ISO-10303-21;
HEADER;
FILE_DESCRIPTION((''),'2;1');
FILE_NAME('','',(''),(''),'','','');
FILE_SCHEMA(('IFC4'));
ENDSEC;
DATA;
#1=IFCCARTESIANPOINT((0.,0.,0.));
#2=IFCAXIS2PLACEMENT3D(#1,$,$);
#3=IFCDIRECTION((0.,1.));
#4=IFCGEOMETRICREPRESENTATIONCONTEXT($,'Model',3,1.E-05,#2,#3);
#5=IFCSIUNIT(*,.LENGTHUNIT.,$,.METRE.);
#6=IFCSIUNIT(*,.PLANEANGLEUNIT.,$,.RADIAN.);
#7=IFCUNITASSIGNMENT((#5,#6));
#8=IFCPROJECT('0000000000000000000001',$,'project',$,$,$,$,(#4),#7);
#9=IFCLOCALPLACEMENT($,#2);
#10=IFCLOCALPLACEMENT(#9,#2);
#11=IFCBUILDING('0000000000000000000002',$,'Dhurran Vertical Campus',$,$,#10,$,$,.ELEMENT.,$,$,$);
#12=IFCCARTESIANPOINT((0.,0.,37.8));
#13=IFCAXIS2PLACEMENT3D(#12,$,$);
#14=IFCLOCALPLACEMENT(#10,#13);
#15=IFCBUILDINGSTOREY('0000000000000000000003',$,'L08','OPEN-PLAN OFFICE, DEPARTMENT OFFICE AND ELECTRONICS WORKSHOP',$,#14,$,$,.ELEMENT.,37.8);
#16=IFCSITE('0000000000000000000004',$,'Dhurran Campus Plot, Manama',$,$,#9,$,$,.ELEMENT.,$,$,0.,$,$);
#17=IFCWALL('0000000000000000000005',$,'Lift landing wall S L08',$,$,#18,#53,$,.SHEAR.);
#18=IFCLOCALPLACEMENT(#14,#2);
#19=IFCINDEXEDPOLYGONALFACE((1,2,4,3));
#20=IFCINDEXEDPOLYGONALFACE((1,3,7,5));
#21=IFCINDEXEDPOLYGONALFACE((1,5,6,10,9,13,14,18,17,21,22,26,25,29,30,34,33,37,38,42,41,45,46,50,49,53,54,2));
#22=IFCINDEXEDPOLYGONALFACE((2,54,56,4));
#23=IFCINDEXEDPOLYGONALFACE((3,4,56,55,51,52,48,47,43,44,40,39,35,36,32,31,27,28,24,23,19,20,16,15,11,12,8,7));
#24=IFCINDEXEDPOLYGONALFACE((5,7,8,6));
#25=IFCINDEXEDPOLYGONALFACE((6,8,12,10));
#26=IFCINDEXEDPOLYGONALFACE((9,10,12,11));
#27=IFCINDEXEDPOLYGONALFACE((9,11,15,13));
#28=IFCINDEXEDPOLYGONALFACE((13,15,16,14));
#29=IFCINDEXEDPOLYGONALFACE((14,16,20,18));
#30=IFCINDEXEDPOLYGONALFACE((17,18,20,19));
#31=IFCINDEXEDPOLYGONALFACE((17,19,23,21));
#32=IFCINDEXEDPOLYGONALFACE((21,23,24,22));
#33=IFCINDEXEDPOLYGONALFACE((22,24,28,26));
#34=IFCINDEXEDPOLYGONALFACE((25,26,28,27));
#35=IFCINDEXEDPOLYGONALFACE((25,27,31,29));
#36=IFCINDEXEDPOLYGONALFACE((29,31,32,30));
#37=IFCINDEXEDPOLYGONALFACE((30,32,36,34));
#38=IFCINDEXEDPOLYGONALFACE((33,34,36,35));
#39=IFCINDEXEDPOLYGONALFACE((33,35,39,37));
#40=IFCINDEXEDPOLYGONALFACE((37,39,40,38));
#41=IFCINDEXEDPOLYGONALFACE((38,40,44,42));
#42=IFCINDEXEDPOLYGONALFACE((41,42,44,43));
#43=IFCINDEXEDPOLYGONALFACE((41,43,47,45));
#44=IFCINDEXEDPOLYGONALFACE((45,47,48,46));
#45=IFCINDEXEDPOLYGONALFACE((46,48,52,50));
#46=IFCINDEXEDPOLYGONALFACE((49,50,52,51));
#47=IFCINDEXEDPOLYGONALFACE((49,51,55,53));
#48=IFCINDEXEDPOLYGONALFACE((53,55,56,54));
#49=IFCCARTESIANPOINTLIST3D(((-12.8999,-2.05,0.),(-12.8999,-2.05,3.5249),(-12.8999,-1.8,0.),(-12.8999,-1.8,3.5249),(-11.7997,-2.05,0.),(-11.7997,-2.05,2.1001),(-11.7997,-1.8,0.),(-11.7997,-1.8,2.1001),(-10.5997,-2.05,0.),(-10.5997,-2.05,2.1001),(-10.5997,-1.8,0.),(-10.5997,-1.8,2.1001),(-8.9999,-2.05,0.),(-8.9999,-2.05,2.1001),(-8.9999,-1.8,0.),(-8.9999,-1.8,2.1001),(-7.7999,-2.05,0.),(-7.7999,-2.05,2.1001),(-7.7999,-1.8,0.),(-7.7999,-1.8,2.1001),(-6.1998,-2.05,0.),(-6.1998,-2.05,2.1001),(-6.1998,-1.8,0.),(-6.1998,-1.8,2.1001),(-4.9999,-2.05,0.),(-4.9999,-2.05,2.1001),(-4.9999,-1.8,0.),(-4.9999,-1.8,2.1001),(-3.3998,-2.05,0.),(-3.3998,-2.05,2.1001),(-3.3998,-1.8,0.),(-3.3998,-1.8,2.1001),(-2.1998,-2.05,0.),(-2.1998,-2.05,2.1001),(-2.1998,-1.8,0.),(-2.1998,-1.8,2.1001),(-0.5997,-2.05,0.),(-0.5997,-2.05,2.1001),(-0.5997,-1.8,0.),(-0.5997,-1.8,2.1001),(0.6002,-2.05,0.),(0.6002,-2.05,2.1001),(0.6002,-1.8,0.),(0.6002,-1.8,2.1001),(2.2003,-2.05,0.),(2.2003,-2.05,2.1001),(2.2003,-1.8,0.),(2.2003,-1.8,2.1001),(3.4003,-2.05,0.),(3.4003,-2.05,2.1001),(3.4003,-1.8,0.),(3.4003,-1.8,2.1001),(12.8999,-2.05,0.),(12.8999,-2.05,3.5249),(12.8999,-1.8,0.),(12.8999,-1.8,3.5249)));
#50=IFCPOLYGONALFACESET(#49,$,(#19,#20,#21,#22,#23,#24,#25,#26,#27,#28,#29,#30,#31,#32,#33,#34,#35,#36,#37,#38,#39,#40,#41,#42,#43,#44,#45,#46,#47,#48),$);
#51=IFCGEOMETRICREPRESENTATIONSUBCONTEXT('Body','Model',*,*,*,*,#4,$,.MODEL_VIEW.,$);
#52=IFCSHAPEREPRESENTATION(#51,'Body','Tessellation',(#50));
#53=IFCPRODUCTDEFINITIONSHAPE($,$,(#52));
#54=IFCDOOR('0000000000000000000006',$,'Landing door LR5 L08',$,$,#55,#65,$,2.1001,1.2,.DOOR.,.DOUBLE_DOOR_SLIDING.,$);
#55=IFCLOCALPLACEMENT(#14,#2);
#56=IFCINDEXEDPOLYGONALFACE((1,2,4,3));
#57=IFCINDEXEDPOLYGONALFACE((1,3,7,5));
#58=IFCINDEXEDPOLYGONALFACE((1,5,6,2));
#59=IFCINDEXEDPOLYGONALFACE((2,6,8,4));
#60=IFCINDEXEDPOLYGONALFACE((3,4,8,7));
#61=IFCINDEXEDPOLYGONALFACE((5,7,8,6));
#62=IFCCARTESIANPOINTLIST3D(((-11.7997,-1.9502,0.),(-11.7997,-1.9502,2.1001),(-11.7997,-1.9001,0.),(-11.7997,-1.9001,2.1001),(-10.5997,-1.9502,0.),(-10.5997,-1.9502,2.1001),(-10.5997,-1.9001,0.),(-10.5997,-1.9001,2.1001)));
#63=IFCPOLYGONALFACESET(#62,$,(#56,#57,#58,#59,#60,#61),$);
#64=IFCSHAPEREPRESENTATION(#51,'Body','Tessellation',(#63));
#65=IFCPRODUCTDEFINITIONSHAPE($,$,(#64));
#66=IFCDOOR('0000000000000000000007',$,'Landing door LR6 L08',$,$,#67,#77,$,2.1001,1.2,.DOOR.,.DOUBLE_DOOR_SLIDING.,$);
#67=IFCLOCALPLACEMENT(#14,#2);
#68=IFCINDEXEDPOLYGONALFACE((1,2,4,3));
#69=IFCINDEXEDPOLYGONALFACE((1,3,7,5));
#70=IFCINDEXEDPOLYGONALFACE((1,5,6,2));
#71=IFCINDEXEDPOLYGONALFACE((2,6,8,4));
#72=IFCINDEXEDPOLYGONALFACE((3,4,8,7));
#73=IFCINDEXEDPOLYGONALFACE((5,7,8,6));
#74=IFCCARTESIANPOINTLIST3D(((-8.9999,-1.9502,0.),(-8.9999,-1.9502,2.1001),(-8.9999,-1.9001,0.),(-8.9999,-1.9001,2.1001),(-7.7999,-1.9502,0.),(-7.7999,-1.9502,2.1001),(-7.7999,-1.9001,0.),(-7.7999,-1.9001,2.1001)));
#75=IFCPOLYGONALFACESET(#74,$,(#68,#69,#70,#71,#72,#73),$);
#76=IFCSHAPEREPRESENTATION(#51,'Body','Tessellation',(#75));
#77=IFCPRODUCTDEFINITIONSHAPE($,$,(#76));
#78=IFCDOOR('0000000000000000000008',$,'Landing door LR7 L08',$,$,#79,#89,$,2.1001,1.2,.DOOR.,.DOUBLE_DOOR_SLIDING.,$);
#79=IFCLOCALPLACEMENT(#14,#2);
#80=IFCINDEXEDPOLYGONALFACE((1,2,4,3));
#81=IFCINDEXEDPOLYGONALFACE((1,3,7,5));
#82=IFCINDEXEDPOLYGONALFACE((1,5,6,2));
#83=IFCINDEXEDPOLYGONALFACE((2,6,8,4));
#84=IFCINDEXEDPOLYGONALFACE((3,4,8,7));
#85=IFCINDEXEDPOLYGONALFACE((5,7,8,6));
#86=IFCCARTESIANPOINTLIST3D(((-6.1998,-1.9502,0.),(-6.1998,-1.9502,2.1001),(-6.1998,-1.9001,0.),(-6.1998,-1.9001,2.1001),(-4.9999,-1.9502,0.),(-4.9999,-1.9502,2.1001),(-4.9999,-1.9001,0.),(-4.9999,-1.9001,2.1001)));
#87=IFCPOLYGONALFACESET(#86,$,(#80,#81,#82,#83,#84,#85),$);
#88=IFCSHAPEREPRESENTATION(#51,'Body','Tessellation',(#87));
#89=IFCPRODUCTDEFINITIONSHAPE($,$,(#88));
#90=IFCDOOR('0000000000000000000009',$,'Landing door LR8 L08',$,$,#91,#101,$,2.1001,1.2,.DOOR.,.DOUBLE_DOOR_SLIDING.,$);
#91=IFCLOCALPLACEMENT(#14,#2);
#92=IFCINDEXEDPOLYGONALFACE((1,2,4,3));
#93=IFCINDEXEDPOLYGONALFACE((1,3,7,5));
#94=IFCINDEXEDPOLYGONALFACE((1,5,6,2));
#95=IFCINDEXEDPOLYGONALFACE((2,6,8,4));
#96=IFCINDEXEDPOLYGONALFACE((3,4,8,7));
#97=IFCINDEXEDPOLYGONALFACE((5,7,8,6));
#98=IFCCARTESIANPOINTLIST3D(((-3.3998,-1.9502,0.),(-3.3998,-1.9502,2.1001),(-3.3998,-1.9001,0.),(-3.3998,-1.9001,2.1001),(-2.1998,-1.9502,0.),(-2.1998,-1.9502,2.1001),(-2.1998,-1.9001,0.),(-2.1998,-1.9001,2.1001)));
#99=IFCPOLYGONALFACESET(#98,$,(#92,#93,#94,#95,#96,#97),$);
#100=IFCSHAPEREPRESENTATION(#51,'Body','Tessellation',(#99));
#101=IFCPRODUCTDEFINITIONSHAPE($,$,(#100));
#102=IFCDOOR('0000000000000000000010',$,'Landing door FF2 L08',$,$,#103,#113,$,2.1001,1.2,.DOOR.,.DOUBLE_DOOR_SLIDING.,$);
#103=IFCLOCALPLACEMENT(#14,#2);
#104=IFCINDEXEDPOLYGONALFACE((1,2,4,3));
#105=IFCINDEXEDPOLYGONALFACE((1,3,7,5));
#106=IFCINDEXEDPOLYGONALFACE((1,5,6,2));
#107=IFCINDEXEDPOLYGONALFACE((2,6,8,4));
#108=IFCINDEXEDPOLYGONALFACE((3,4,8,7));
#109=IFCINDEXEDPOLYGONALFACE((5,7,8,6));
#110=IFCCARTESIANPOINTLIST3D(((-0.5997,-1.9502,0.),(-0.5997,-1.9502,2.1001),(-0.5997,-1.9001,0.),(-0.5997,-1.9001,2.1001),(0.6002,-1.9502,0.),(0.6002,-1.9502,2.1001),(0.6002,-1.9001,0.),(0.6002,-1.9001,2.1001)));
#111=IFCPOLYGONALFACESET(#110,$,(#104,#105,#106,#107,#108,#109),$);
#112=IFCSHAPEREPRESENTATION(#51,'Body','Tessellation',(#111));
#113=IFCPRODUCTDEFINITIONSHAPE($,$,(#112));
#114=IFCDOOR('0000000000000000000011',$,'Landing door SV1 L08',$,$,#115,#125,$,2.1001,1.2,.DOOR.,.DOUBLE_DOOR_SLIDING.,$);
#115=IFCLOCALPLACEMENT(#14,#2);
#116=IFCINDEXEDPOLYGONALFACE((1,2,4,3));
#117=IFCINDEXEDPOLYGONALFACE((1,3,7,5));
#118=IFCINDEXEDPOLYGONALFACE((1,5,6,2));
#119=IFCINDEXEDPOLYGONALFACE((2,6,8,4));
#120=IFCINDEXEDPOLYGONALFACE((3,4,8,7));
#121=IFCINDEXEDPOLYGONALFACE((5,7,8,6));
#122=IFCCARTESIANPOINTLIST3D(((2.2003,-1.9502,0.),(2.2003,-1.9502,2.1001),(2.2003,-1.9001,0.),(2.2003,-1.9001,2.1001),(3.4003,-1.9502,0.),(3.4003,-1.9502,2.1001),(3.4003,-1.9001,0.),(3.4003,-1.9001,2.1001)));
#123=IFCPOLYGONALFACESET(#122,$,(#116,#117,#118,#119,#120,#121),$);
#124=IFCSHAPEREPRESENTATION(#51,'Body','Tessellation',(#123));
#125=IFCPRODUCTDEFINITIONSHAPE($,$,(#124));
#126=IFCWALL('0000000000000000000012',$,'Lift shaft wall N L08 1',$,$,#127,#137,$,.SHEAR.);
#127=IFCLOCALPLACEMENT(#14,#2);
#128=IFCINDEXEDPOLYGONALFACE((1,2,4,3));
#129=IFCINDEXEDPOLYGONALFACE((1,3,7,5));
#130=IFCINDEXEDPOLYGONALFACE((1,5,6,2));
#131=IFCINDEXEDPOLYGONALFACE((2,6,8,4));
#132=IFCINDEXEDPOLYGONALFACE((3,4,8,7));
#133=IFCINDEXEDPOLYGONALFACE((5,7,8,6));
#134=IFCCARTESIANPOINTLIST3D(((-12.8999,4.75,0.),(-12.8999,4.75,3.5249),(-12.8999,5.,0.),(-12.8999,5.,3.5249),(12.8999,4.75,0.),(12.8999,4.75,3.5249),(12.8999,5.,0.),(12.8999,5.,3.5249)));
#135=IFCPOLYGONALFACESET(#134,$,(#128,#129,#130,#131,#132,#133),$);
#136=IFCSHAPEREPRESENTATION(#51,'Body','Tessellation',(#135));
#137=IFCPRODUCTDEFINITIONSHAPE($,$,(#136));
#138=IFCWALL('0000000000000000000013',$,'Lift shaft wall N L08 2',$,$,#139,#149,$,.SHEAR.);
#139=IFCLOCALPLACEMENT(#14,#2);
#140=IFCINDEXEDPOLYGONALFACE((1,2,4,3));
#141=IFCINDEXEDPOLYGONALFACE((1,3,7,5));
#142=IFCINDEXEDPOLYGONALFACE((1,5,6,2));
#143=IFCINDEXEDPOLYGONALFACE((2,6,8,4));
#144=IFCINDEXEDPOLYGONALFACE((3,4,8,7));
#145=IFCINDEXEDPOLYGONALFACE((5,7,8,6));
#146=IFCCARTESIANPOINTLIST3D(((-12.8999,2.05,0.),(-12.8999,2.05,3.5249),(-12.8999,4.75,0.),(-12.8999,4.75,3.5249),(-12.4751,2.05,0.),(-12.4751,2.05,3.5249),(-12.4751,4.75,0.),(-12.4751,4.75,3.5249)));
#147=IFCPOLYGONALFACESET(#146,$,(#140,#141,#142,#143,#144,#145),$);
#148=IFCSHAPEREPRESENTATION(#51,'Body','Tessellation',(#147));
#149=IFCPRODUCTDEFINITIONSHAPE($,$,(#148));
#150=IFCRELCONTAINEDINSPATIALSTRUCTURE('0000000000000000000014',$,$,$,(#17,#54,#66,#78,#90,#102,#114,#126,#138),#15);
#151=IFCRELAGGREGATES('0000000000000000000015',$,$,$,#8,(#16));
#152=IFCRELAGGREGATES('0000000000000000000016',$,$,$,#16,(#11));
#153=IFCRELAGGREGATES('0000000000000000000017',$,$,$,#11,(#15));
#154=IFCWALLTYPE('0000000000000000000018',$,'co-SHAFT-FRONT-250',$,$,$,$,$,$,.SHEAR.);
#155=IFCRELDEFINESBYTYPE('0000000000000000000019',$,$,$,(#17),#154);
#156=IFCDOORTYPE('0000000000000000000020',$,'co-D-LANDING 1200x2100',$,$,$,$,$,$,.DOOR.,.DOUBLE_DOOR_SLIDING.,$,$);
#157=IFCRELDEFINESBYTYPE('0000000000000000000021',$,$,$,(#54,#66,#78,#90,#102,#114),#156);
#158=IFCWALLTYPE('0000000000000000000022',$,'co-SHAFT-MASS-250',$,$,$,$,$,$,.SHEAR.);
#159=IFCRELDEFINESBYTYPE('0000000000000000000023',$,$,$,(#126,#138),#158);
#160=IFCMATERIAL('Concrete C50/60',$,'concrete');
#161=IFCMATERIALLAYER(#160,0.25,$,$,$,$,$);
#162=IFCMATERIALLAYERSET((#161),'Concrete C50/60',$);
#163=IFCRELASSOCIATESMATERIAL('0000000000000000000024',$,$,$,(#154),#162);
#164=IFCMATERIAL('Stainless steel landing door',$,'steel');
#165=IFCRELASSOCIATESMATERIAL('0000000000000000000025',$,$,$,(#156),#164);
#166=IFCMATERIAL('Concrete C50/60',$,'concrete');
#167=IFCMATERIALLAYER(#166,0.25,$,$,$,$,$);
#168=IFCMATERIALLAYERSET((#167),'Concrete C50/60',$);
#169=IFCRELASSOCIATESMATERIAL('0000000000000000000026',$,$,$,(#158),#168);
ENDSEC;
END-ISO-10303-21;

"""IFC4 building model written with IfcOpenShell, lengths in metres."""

from ifc_helpers import new_model, si_unit, direction, frame, frame_2d, origin, place, context, subcontext, project, spatial, polyline, rectangle, outline, extrude, material, layer, layer_set, type_object, element, fill, save


model = new_model("IFC4")

# Units and contexts
model_context = context("Model", 3, precision=1e-05, world=origin(), true_north=direction((0.0, 1.0)))
body_context = subcontext(model_context, "Body", "Model", "MODEL_VIEW")
ifc_project = project(units=[si_unit("LENGTHUNIT", "METRE"), si_unit("PLANEANGLEUNIT", "RADIAN")], contexts=[model_context])

# Site, building, storey
site_placement = place(None, origin())
site = spatial("IfcSite", under=ifc_project, at=site_placement, Name="Dhurran Campus Plot, Manama", CompositionType="ELEMENT", RefElevation=0.0)
building_placement = place(site_placement, origin())
building = spatial("IfcBuilding", under=site, at=building_placement, Name="Dhurran Vertical Campus", CompositionType="ELEMENT")
storey_placement = place(building_placement, frame((0.0, 0.0, 37.8)))
storey = spatial("IfcBuildingStorey", under=building, at=storey_placement, Name="L08", Description="OPEN-PLAN OFFICE, DEPARTMENT OFFICE AND ELECTRONICS WORKSHOP", CompositionType="ELEMENT", Elevation=37.8)

# Wall, openings, doors
ifc_material_1 = material(Name="Concrete C50/60", Category="concrete")
ifc_layer_1 = layer(ifc_material_1, 0.25)
ifc_layer_set_1 = layer_set([ifc_layer_1], Name="Concrete C50/60")
wall_type_1 = type_object("IfcWallType", Name="co-SHAFT-FRONT-250", PredefinedType="SHEAR", material=ifc_layer_set_1)
wall_1_placement = place(storey_placement, frame((-12.8999, -1.925, 0.0), z_axis=(0.0, 0.0, 1.0), x_axis=(1.0, 0.0, 0.0)))
wall_1 = element("IfcWall", 1, at=wall_1_placement, inside=storey, type_object=wall_type_1, Name="Lift landing wall S L08", PredefinedType="SHEAR", context=body_context, shape_type="SweptSolid", body=[
    extrude(rectangle(XDim=25.7998, YDim=0.25, at=frame_2d((12.8999, 0.0))), origin(), (0.0, 0.0, 1.0), 3.5249),
])
opening_1_placement = place(wall_1_placement, frame((1.1001, 0.0, 0.0)))
opening_1 = element("IfcOpeningElement", 2, at=opening_1_placement, cuts=wall_1, PredefinedType="OPENING", context=body_context, shape_type="SweptSolid", body=[
    extrude(rectangle(XDim=1.2, YDim=2.1001, at=frame_2d((0.6001, 1.05))), frame((0.0, 0.135, 0.0), z_axis=(0.0, -1.0, 0.0), x_axis=(1.0, 0.0, 0.0)), (0.0, 0.0, 1.0), 0.27),
])
opening_2_placement = place(wall_1_placement, frame((3.8999, 0.0, 0.0)))
opening_2 = element("IfcOpeningElement", 3, at=opening_2_placement, cuts=wall_1, PredefinedType="OPENING", context=body_context, shape_type="SweptSolid", body=[
    extrude(rectangle(XDim=1.2, YDim=2.1001, at=frame_2d((0.6001, 1.05))), frame((0.0, 0.135, 0.0), z_axis=(0.0, -1.0, 0.0), x_axis=(1.0, 0.0, 0.0)), (0.0, 0.0, 1.0), 0.27),
])
opening_3_placement = place(wall_1_placement, frame((6.7, 0.0, 0.0)))
opening_3 = element("IfcOpeningElement", 4, at=opening_3_placement, cuts=wall_1, PredefinedType="OPENING", context=body_context, shape_type="SweptSolid", body=[
    extrude(rectangle(XDim=1.2, YDim=2.1001, at=frame_2d((0.6001, 1.05))), frame((0.0, 0.135, 0.0), z_axis=(0.0, -1.0, 0.0), x_axis=(1.0, 0.0, 0.0)), (0.0, 0.0, 1.0), 0.27),
])
opening_4_placement = place(wall_1_placement, frame((9.5, 0.0, 0.0)))
opening_4 = element("IfcOpeningElement", 5, at=opening_4_placement, cuts=wall_1, PredefinedType="OPENING", context=body_context, shape_type="SweptSolid", body=[
    extrude(rectangle(XDim=1.2, YDim=2.1001, at=frame_2d((0.6001, 1.05))), frame((0.0, 0.135, 0.0), z_axis=(0.0, -1.0, 0.0), x_axis=(1.0, 0.0, 0.0)), (0.0, 0.0, 1.0), 0.27),
])
opening_5_placement = place(wall_1_placement, frame((12.3, 0.0, 0.0)))
opening_5 = element("IfcOpeningElement", 6, at=opening_5_placement, cuts=wall_1, PredefinedType="OPENING", context=body_context, shape_type="SweptSolid", body=[
    extrude(rectangle(XDim=1.2, YDim=2.1001, at=frame_2d((0.6001, 1.05))), frame((0.0, 0.135, 0.0), z_axis=(0.0, -1.0, 0.0), x_axis=(1.0, 0.0, 0.0)), (0.0, 0.0, 1.0), 0.27),
])
opening_6_placement = place(wall_1_placement, frame((15.1001, 0.0, 0.0)))
opening_6 = element("IfcOpeningElement", 7, at=opening_6_placement, cuts=wall_1, PredefinedType="OPENING", context=body_context, shape_type="SweptSolid", body=[
    extrude(rectangle(XDim=1.2, YDim=2.1001, at=frame_2d((0.6001, 1.05))), frame((0.0, 0.135, 0.0), z_axis=(0.0, -1.0, 0.0), x_axis=(1.0, 0.0, 0.0)), (0.0, 0.0, 1.0), 0.27),
])
ifc_material_2 = material(Name="Stainless steel landing door", Category="steel")
door_type_1 = type_object("IfcDoorType", Name="co-D-LANDING 1200x2100", OperationType="DOUBLE_DOOR_SLIDING", PredefinedType="DOOR", material=ifc_material_2)
door_1_placement = place(opening_1_placement, origin())
door_1 = element("IfcDoor", 8, at=door_1_placement, inside=storey, type_object=door_type_1, Name="Landing door LR5 L08", OperationType="DOUBLE_DOOR_SLIDING", OverallHeight=2.1001, OverallWidth=1.2, PredefinedType="DOOR", context=body_context, shape_type="SweptSolid", body=[
    extrude(rectangle(XDim=1.2, YDim=2.1001, at=frame_2d((0.6001, 1.05))), frame((0.0, 0.0249, 0.0), z_axis=(0.0, -1.0, 0.0), x_axis=(1.0, 0.0, 0.0)), (0.0, 0.0, 1.0), 0.05),
])
fill(opening_1, door_1)
door_2_placement = place(opening_2_placement, origin())
door_2 = element("IfcDoor", 9, at=door_2_placement, inside=storey, type_object=door_type_1, Name="Landing door LR6 L08", OperationType="DOUBLE_DOOR_SLIDING", OverallHeight=2.1001, OverallWidth=1.2, PredefinedType="DOOR", context=body_context, shape_type="SweptSolid", body=[
    extrude(rectangle(XDim=1.2, YDim=2.1001, at=frame_2d((0.6001, 1.05))), frame((0.0, 0.0249, 0.0), z_axis=(0.0, -1.0, 0.0), x_axis=(1.0, 0.0, 0.0)), (0.0, 0.0, 1.0), 0.05),
])
fill(opening_2, door_2)
door_3_placement = place(opening_3_placement, origin())
door_3 = element("IfcDoor", 10, at=door_3_placement, inside=storey, type_object=door_type_1, Name="Landing door LR7 L08", OperationType="DOUBLE_DOOR_SLIDING", OverallHeight=2.1001, OverallWidth=1.2, PredefinedType="DOOR", context=body_context, shape_type="SweptSolid", body=[
    extrude(rectangle(XDim=1.2, YDim=2.1001, at=frame_2d((0.6001, 1.05))), frame((0.0, 0.0249, 0.0), z_axis=(0.0, -1.0, 0.0), x_axis=(1.0, 0.0, 0.0)), (0.0, 0.0, 1.0), 0.05),
])
fill(opening_3, door_3)
door_4_placement = place(opening_4_placement, origin())
door_4 = element("IfcDoor", 11, at=door_4_placement, inside=storey, type_object=door_type_1, Name="Landing door LR8 L08", OperationType="DOUBLE_DOOR_SLIDING", OverallHeight=2.1001, OverallWidth=1.2, PredefinedType="DOOR", context=body_context, shape_type="SweptSolid", body=[
    extrude(rectangle(XDim=1.2, YDim=2.1001, at=frame_2d((0.6001, 1.05))), frame((0.0, 0.0249, 0.0), z_axis=(0.0, -1.0, 0.0), x_axis=(1.0, 0.0, 0.0)), (0.0, 0.0, 1.0), 0.05),
])
fill(opening_4, door_4)
door_5_placement = place(opening_5_placement, origin())
door_5 = element("IfcDoor", 12, at=door_5_placement, inside=storey, type_object=door_type_1, Name="Landing door FF2 L08", OperationType="DOUBLE_DOOR_SLIDING", OverallHeight=2.1001, OverallWidth=1.2, PredefinedType="DOOR", context=body_context, shape_type="SweptSolid", body=[
    extrude(rectangle(XDim=1.2, YDim=2.1001, at=frame_2d((0.6001, 1.05))), frame((0.0, 0.0249, 0.0), z_axis=(0.0, -1.0, 0.0), x_axis=(1.0, 0.0, 0.0)), (0.0, 0.0, 1.0), 0.05),
])
fill(opening_5, door_5)
door_6_placement = place(opening_6_placement, origin())
door_6 = element("IfcDoor", 13, at=door_6_placement, inside=storey, type_object=door_type_1, Name="Landing door SV1 L08", OperationType="DOUBLE_DOOR_SLIDING", OverallHeight=2.1001, OverallWidth=1.2, PredefinedType="DOOR", context=body_context, shape_type="SweptSolid", body=[
    extrude(rectangle(XDim=1.2, YDim=2.1001, at=frame_2d((0.6001, 1.05))), frame((0.0, 0.0249, 0.0), z_axis=(0.0, -1.0, 0.0), x_axis=(1.0, 0.0, 0.0)), (0.0, 0.0, 1.0), 0.05),
])
fill(opening_6, door_6)

# Walls
ifc_material_3 = material(Name="Concrete C50/60", Category="concrete")
ifc_layer_2 = layer(ifc_material_3, 0.25)
ifc_layer_set_2 = layer_set([ifc_layer_2], Name="Concrete C50/60")
wall_type_2 = type_object("IfcWallType", Name="co-SHAFT-MASS-250", PredefinedType="SHEAR", material=ifc_layer_set_2)
wall_2_placement = place(storey_placement, origin())
element("IfcWall", 14, at=wall_2_placement, inside=storey, type_object=wall_type_2, Name="Lift shaft wall N L08 1", PredefinedType="SHEAR", context=body_context, shape_type="SweptSolid", body=[
    extrude(outline(polyline([(-12.8999, 4.75), (12.8999, 4.75), (12.8999, 5.0), (-12.8999, 5.0), (-12.8999, 4.75)])), origin(), (0.0, 0.0, 1.0), 3.5249),
])
wall_3_placement = place(storey_placement, origin())
element("IfcWall", 15, at=wall_3_placement, inside=storey, type_object=wall_type_2, Name="Lift shaft wall N L08 2", PredefinedType="SHEAR", context=body_context, shape_type="SweptSolid", body=[
    extrude(outline(polyline([(-12.8999, 2.05), (-12.4751, 2.05), (-12.4751, 4.75), (-12.8999, 4.75), (-12.8999, 2.05)])), origin(), (0.0, 0.0, 1.0), 3.5249),
])

save(model, "model.ifc")
